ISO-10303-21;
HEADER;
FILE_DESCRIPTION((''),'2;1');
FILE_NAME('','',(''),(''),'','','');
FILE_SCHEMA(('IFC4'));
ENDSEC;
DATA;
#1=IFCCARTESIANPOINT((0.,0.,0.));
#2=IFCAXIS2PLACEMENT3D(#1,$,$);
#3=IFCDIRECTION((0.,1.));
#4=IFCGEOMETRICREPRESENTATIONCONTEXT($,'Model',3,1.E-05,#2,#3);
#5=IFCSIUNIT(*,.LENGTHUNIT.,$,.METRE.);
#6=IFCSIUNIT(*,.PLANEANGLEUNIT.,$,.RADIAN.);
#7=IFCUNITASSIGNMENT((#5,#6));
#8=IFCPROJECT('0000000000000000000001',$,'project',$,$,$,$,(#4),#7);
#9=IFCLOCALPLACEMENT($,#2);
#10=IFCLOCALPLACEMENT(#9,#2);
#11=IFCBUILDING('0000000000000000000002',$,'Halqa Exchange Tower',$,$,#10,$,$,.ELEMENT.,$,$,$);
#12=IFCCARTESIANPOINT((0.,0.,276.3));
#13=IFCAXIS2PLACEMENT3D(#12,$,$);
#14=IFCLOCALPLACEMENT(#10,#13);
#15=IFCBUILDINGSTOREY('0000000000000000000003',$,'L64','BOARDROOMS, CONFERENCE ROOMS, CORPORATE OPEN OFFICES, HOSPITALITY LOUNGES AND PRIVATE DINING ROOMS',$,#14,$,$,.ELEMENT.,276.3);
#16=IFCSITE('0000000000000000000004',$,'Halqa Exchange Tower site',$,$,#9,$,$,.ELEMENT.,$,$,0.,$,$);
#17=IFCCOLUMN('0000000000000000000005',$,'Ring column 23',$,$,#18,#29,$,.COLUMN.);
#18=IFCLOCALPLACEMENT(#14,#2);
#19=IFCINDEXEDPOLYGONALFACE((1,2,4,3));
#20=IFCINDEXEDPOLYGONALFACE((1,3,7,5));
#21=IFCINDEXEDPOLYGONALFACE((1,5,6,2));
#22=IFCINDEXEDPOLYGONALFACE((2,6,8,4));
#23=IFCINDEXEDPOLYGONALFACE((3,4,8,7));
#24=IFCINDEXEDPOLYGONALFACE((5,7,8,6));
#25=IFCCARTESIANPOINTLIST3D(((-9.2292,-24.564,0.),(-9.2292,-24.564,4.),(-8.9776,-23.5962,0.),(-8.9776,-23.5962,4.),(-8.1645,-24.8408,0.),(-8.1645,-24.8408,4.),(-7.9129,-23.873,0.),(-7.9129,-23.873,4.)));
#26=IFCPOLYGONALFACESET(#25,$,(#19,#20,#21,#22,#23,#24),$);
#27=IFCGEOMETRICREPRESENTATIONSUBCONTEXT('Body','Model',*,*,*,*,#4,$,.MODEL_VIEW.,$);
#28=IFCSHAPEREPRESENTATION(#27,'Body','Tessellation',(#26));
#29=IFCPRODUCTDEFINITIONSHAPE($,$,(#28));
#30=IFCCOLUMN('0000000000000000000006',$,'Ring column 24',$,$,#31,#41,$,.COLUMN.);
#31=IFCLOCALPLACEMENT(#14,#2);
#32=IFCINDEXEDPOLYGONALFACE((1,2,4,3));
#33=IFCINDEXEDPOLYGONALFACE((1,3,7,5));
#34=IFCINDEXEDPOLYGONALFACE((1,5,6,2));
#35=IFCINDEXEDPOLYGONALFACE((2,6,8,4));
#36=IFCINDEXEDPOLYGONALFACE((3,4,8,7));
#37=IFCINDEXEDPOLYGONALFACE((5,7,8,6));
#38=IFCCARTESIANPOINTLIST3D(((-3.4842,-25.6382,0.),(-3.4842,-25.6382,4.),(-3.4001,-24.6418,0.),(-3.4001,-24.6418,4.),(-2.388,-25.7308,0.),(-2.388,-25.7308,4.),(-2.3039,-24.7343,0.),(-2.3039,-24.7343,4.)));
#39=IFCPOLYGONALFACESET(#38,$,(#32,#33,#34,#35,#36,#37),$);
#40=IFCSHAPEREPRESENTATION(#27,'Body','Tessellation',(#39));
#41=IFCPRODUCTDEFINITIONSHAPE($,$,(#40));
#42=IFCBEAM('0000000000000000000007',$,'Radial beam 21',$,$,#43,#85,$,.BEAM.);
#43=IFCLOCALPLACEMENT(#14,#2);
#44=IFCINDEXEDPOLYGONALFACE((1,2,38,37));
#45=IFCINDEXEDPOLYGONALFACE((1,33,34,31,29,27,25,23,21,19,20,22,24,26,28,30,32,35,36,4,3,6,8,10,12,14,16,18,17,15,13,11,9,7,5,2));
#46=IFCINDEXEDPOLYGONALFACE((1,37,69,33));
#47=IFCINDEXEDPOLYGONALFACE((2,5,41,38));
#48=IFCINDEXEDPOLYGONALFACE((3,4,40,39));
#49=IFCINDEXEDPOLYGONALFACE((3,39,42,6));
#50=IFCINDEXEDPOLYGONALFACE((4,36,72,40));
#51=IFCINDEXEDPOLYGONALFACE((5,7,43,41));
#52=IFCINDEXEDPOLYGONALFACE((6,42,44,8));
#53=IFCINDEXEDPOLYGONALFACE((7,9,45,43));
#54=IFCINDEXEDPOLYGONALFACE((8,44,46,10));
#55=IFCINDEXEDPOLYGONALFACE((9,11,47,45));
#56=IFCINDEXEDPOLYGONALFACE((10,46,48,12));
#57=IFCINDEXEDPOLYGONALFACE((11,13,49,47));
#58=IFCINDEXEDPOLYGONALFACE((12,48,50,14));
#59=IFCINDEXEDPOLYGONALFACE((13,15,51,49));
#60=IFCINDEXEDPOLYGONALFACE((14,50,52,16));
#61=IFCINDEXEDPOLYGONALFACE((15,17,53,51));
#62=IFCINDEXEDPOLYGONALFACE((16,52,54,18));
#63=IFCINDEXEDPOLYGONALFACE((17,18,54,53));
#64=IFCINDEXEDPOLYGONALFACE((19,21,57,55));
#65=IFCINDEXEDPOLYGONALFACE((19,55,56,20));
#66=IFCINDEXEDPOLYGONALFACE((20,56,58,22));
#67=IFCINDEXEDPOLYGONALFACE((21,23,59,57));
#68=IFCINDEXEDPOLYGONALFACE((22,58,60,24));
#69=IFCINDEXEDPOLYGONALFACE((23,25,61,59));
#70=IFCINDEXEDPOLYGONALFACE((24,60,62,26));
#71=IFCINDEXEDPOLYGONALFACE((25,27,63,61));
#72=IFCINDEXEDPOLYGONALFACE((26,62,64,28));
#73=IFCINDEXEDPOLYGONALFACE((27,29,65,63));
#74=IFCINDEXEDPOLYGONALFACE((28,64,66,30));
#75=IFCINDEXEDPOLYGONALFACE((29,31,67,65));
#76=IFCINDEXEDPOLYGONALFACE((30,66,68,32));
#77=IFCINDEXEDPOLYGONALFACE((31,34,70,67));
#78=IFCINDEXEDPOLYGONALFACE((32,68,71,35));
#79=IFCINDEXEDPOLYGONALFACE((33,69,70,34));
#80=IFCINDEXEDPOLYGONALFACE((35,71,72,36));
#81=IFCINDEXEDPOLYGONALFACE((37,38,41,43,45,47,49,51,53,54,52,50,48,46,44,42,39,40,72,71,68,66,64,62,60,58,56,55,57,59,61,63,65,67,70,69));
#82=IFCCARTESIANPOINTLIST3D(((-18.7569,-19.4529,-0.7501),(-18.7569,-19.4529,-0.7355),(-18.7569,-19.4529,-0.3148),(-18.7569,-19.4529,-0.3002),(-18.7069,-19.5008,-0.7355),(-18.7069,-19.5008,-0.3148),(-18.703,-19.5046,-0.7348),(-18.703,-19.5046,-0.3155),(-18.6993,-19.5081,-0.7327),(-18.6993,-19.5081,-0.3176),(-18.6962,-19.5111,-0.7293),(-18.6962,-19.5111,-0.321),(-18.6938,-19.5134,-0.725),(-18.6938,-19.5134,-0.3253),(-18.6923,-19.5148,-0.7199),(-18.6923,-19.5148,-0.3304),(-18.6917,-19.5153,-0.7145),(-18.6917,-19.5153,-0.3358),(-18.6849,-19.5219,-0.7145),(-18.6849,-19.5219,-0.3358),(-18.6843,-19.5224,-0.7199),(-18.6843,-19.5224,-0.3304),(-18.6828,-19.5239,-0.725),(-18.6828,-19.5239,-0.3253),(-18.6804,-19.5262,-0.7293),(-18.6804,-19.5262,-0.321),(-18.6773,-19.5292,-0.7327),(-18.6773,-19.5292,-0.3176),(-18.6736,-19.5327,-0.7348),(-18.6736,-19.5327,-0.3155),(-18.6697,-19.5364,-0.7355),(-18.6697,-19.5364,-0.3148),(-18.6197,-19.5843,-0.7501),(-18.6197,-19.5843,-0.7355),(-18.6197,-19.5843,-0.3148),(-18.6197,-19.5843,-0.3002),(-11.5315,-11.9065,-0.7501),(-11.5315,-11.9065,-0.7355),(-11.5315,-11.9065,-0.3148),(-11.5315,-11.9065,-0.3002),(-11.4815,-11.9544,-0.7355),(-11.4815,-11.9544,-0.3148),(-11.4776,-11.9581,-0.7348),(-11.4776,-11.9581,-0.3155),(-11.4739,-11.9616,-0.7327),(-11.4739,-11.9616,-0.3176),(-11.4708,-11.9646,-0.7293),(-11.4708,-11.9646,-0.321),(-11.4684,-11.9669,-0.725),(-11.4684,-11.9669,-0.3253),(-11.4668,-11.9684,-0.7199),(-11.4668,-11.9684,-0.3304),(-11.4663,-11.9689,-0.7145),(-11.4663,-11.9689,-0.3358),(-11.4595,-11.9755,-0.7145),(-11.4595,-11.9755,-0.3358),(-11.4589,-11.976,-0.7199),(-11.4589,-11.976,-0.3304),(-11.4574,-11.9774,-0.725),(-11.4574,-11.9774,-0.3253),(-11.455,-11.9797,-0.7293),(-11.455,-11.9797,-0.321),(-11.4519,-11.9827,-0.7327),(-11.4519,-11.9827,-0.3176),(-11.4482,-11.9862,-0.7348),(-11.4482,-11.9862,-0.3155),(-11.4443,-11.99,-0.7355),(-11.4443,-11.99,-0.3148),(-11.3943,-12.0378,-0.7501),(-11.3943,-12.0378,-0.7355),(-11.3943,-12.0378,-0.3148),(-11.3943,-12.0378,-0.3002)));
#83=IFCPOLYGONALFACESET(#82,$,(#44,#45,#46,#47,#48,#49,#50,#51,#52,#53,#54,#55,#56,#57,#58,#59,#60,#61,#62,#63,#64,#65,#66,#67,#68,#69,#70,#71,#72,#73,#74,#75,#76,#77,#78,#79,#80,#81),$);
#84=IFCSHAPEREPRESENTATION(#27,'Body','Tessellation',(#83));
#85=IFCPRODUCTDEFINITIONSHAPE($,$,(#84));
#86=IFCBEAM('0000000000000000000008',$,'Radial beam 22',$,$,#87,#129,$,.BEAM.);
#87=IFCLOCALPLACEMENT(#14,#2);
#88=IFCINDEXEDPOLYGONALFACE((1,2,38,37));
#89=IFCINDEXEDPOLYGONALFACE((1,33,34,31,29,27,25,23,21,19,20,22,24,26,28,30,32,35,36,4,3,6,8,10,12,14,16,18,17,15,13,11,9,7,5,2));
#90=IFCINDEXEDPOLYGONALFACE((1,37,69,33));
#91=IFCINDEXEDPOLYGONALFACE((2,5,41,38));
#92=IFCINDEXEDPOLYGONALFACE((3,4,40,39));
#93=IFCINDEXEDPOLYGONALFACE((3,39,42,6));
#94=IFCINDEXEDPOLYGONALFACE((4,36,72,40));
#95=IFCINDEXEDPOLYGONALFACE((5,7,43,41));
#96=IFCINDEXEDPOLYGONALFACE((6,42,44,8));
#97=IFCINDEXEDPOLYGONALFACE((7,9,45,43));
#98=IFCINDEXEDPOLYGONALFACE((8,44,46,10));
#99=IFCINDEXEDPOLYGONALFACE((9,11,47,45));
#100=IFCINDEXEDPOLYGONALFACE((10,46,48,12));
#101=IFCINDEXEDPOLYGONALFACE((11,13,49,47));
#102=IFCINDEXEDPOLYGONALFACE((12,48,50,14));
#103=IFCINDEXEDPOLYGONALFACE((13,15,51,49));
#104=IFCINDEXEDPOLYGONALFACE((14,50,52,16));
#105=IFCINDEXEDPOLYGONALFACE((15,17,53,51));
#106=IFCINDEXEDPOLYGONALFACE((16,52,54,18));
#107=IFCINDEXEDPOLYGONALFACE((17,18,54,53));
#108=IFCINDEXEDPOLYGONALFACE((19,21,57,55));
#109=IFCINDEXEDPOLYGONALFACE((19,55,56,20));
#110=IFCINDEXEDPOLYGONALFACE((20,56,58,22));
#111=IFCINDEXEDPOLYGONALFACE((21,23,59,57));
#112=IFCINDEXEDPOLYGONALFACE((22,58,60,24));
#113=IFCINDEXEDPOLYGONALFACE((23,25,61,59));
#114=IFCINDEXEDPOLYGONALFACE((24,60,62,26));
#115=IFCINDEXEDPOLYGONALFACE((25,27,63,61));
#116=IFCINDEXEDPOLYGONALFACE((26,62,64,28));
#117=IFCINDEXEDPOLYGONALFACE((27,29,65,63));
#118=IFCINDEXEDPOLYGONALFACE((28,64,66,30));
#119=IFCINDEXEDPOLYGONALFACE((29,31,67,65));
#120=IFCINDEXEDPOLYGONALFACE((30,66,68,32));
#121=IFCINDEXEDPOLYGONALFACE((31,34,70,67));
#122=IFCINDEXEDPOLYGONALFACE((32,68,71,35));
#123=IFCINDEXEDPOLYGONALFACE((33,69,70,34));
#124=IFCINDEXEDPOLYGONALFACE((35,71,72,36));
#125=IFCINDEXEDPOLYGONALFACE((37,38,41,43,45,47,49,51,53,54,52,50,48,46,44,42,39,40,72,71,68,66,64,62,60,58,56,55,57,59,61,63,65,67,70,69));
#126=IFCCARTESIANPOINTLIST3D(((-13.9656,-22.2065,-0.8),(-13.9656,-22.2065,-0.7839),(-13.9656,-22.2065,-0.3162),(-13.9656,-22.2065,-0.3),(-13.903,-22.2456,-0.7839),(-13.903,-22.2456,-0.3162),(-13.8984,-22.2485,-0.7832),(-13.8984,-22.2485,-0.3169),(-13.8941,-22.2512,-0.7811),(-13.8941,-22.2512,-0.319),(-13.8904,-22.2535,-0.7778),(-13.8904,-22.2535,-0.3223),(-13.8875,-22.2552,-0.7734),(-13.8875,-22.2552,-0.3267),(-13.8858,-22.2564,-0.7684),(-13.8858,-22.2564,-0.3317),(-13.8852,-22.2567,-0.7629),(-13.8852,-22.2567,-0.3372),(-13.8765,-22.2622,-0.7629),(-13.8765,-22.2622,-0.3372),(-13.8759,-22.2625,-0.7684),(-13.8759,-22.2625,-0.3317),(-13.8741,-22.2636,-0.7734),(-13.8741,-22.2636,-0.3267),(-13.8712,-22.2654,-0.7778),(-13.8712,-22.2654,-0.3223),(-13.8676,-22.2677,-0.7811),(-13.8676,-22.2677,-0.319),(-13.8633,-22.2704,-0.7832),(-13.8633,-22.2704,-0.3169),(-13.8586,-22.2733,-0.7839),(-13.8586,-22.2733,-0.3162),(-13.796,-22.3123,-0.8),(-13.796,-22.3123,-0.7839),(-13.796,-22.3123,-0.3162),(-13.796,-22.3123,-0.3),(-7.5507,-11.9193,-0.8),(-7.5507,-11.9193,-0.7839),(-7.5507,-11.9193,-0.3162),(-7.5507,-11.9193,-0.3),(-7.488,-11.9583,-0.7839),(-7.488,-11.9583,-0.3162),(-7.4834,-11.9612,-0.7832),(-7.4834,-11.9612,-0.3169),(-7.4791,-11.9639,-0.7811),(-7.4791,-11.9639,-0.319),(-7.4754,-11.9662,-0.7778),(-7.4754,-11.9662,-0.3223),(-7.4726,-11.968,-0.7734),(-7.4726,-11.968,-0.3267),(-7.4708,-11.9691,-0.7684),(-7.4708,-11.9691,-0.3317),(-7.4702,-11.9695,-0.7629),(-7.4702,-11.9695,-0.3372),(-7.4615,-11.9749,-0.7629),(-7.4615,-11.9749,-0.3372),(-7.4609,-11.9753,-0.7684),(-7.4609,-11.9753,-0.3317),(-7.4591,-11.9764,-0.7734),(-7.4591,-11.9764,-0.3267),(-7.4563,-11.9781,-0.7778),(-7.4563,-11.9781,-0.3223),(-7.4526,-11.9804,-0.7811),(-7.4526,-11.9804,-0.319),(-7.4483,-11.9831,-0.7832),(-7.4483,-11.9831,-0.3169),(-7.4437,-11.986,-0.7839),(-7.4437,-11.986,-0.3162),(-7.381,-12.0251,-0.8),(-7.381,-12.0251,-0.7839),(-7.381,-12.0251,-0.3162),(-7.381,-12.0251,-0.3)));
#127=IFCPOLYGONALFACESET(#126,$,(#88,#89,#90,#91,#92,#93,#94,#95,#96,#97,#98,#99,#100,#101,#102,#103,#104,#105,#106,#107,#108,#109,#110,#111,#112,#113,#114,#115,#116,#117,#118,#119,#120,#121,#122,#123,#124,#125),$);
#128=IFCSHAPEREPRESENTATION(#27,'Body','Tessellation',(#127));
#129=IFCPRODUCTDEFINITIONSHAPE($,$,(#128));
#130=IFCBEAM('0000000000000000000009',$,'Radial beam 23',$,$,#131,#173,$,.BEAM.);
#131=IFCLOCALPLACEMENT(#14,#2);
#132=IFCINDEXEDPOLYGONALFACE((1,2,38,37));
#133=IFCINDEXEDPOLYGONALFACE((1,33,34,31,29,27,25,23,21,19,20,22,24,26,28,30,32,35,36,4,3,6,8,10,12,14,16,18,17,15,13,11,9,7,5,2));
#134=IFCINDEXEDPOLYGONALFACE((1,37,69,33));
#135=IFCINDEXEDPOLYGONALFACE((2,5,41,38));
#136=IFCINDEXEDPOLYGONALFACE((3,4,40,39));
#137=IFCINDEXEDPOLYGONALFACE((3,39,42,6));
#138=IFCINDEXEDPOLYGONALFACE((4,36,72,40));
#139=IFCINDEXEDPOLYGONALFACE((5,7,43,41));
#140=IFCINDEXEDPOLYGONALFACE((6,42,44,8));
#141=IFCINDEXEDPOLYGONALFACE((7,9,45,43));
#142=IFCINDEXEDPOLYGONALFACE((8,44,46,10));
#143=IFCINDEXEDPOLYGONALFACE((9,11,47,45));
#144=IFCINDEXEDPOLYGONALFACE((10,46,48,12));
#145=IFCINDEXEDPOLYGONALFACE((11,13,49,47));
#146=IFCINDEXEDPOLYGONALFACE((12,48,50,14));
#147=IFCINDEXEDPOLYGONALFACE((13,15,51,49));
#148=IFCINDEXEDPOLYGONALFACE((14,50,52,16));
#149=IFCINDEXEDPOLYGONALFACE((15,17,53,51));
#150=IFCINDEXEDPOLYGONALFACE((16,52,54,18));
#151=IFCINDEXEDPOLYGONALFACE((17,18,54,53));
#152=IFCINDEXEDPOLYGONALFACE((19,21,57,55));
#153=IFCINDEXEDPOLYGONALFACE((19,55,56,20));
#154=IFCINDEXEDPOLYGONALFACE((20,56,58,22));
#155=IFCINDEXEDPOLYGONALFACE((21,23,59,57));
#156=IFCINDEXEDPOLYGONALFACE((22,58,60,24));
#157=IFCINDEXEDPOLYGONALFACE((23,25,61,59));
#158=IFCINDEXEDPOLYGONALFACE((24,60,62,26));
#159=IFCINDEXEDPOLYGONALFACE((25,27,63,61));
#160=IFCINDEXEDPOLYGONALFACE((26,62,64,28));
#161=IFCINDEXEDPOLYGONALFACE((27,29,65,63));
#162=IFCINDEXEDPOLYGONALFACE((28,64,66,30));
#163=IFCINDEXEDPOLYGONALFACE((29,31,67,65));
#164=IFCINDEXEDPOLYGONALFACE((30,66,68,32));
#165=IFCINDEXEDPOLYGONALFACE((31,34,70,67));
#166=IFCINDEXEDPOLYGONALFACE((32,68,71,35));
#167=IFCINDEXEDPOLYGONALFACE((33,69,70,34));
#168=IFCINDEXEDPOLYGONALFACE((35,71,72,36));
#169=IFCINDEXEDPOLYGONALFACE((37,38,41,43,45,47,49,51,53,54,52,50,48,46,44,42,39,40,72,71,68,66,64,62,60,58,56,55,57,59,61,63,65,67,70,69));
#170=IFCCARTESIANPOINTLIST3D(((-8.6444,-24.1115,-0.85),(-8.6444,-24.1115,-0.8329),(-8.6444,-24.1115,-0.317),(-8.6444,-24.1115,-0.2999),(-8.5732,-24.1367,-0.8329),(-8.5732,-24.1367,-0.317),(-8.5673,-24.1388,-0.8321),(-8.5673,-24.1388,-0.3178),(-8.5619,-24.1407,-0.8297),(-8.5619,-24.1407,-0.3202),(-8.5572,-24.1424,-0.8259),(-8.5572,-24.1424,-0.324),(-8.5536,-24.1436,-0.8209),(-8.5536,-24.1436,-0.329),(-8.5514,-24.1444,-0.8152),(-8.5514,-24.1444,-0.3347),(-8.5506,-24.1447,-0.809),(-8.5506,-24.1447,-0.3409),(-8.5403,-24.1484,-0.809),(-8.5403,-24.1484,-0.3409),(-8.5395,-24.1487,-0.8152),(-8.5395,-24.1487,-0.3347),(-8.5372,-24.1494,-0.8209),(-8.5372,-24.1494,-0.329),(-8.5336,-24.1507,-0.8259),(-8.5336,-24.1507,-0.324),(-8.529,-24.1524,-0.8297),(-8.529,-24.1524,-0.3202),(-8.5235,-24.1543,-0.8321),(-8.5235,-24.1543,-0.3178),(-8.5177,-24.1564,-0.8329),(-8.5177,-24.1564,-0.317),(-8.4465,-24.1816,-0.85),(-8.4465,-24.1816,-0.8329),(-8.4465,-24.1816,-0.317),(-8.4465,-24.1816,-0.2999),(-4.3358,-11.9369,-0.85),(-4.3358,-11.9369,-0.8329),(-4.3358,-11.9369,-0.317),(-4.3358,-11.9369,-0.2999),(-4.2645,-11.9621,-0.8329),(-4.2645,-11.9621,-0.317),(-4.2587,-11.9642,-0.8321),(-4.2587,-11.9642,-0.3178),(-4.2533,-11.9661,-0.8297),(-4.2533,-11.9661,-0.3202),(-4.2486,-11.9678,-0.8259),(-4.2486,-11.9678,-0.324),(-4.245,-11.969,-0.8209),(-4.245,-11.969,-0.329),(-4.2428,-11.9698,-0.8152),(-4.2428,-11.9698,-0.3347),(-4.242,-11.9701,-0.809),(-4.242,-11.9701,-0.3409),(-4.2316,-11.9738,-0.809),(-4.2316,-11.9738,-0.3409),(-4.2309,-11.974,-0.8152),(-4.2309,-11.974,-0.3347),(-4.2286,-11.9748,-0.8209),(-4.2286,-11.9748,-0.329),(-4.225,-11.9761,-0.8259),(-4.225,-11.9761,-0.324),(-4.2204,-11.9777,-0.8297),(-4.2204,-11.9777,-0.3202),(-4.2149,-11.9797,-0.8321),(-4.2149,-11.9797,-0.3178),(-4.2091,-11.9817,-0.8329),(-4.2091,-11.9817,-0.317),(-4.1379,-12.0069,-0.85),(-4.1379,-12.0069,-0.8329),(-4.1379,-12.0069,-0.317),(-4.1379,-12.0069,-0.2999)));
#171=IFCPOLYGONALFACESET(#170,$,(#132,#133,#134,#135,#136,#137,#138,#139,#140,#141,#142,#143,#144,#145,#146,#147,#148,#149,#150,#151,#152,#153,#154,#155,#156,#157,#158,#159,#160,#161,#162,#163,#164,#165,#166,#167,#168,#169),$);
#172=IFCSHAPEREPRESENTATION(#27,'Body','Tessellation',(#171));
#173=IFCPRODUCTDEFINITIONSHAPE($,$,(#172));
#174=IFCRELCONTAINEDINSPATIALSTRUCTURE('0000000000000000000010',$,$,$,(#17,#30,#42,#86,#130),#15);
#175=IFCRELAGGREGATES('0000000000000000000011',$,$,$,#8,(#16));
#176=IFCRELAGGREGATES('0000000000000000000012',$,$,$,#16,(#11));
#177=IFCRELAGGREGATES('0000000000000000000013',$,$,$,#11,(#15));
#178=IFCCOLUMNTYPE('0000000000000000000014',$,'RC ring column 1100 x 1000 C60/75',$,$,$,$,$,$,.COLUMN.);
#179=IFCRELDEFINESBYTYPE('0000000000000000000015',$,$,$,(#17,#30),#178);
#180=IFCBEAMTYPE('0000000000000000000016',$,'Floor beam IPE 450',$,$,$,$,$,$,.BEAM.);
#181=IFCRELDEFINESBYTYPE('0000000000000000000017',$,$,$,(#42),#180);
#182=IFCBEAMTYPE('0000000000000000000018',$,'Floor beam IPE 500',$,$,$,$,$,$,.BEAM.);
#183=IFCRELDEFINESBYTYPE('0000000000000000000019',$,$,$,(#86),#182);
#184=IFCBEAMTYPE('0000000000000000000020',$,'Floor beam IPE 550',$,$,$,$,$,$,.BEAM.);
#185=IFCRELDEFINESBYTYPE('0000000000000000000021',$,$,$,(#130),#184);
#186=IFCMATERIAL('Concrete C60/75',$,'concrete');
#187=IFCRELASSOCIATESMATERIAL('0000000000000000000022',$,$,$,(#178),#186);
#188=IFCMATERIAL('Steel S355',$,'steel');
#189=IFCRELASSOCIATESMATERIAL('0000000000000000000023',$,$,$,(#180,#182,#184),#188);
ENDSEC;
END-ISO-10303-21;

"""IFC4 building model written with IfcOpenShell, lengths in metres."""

from ifc_helpers import new_model, si_unit, direction, frame, origin, origin_2d, place, context, subcontext, project, spatial, rectangle, i_section, extrude, material, material_profile, profile_set, type_object, element, save


model = new_model("IFC4")

# Units and contexts
model_context = context("Model", 3, precision=1e-05, world=origin(), true_north=direction((0.0, 1.0)))
body_context = subcontext(model_context, "Body", "Model", "MODEL_VIEW")
ifc_project = project(units=[si_unit("LENGTHUNIT", "METRE"), si_unit("PLANEANGLEUNIT", "RADIAN")], contexts=[model_context])

# Site, building, storey
site_placement = place(None, origin())
site = spatial("IfcSite", under=ifc_project, at=site_placement, Name="Halqa Exchange Tower site", CompositionType="ELEMENT", RefElevation=0.0)
building_placement = place(site_placement, origin())
building = spatial("IfcBuilding", under=site, at=building_placement, Name="Halqa Exchange Tower", CompositionType="ELEMENT")
storey_placement = place(building_placement, frame((0.0, 0.0, 276.3)))
storey = spatial("IfcBuildingStorey", under=building, at=storey_placement, Name="L64", Description="BOARDROOMS, CONFERENCE ROOMS, CORPORATE OPEN OFFICES, HOSPITALITY LOUNGES AND PRIVATE DINING ROOMS", CompositionType="ELEMENT", Elevation=276.3)

# Columns
ifc_material_1 = material(Name="Concrete C60/75", Category="concrete")
ifc_material_profile_1 = material_profile(ifc_material_1, rectangle(XDim=1.1001, YDim=1.0, at=origin_2d()), Name="1100 x 1000")
ifc_profile_set_1 = profile_set([ifc_material_profile_1], Name="Concrete C60/75")
column_type = type_object("IfcColumnType", Name="RC ring column 1100 x 1000 C60/75", PredefinedType="COLUMN", material=ifc_profile_set_1)
for number, where, z_axis, x_axis, name in (
    (1, (-8.571, -24.2185, 0.0), (0.0, 0.0, 1.0), (0.96782, -0.251644, 0.0), "Ring column 23"),
    (2, (-2.894, -25.1863, 0.0), (0.0, 0.0, 1.0), (0.996456, -0.084121, 0.0), "Ring column 24"),
):
    element("IfcColumn", number, at=place(storey_placement, frame(where, z_axis=z_axis, x_axis=x_axis)), inside=storey, type_object=column_type, Name=name, PredefinedType="COLUMN", context=body_context, shape_type="SweptSolid", body=[
        extrude(rectangle(XDim=1.1001, YDim=1.0, at=origin_2d()), origin(), (0.0, 0.0, 1.0), 4.0),
    ])

# Beams
ifc_material_2 = material(Name="Steel S355", Category="steel")
ifc_material_profile_2 = material_profile(ifc_material_2, i_section(OverallWidth=0.1899, OverallDepth=0.45, WebThickness=0.0095, FlangeThickness=0.0146, FilletRadius=0.021, at=origin_2d()), Name="IPE 450")
ifc_profile_set_2 = profile_set([ifc_material_profile_2], Name="Steel S355")
beam_type_1 = type_object("IfcBeamType", Name="Floor beam IPE 450", PredefinedType="BEAM", material=ifc_profile_set_2)
beam_1_placement = place(storey_placement, frame((-11.4629, -11.9722, -0.5251), z_axis=(-0.691575, -0.722304, 0.0), x_axis=(0.722304, -0.691575, 0.0)))
element("IfcBeam", 3, at=beam_1_placement, inside=storey, type_object=beam_type_1, Name="Radial beam 21", PredefinedType="BEAM", context=body_context, shape_type="SweptSolid", body=[
    extrude(i_section(OverallWidth=0.1899, OverallDepth=0.45, WebThickness=0.0095, FlangeThickness=0.0146, FilletRadius=0.021, at=origin_2d()), origin(), (0.0, 0.0, 1.0), 10.4478),
])
ifc_material_profile_3 = material_profile(ifc_material_2, i_section(OverallWidth=0.2, OverallDepth=0.5, WebThickness=0.0103, FlangeThickness=0.0161, FilletRadius=0.021, at=origin_2d()), Name="IPE 500")
ifc_profile_set_3 = profile_set([ifc_material_profile_3], Name="Steel S355")
beam_type_2 = type_object("IfcBeamType", Name="Floor beam IPE 500", PredefinedType="BEAM", material=ifc_profile_set_3)
beam_2_placement = place(storey_placement, frame((-7.4658, -11.9722, -0.55), z_axis=(-0.529135, -0.848538, 0.0), x_axis=(0.848538, -0.529135, 0.0)))
element("IfcBeam", 4, at=beam_2_placement, inside=storey, type_object=beam_type_2, Name="Radial beam 22", PredefinedType="BEAM", context=body_context, shape_type="SweptSolid", body=[
    extrude(i_section(OverallWidth=0.2, OverallDepth=0.5, WebThickness=0.0103, FlangeThickness=0.0161, FilletRadius=0.021, at=origin_2d()), origin(), (0.0, 0.0, 1.0), 12.1235),
])
ifc_material_profile_4 = material_profile(ifc_material_2, i_section(OverallWidth=0.21, OverallDepth=0.55, WebThickness=0.011, FlangeThickness=0.0171, FilletRadius=0.0239, at=origin_2d()), Name="IPE 550")
ifc_profile_set_4 = profile_set([ifc_material_profile_4], Name="Steel S355")
beam_type_3 = type_object("IfcBeamType", Name="Floor beam IPE 550", PredefinedType="BEAM", material=ifc_profile_set_4)
beam_3_placement = place(storey_placement, frame((-4.2368, -11.9719, -0.575), z_axis=(-0.333625, -0.942706, 0.0), x_axis=(0.942706, -0.333625, 0.0)))
element("IfcBeam", 5, at=beam_3_placement, inside=storey, type_object=beam_type_3, Name="Radial beam 23", PredefinedType="BEAM", context=body_context, shape_type="SweptSolid", body=[
    extrude(i_section(OverallWidth=0.21, OverallDepth=0.55, WebThickness=0.011, FlangeThickness=0.0171, FilletRadius=0.0239, at=origin_2d()), origin(), (0.0, 0.0, 1.0), 12.9146),
])

save(model, "model.ifc")
